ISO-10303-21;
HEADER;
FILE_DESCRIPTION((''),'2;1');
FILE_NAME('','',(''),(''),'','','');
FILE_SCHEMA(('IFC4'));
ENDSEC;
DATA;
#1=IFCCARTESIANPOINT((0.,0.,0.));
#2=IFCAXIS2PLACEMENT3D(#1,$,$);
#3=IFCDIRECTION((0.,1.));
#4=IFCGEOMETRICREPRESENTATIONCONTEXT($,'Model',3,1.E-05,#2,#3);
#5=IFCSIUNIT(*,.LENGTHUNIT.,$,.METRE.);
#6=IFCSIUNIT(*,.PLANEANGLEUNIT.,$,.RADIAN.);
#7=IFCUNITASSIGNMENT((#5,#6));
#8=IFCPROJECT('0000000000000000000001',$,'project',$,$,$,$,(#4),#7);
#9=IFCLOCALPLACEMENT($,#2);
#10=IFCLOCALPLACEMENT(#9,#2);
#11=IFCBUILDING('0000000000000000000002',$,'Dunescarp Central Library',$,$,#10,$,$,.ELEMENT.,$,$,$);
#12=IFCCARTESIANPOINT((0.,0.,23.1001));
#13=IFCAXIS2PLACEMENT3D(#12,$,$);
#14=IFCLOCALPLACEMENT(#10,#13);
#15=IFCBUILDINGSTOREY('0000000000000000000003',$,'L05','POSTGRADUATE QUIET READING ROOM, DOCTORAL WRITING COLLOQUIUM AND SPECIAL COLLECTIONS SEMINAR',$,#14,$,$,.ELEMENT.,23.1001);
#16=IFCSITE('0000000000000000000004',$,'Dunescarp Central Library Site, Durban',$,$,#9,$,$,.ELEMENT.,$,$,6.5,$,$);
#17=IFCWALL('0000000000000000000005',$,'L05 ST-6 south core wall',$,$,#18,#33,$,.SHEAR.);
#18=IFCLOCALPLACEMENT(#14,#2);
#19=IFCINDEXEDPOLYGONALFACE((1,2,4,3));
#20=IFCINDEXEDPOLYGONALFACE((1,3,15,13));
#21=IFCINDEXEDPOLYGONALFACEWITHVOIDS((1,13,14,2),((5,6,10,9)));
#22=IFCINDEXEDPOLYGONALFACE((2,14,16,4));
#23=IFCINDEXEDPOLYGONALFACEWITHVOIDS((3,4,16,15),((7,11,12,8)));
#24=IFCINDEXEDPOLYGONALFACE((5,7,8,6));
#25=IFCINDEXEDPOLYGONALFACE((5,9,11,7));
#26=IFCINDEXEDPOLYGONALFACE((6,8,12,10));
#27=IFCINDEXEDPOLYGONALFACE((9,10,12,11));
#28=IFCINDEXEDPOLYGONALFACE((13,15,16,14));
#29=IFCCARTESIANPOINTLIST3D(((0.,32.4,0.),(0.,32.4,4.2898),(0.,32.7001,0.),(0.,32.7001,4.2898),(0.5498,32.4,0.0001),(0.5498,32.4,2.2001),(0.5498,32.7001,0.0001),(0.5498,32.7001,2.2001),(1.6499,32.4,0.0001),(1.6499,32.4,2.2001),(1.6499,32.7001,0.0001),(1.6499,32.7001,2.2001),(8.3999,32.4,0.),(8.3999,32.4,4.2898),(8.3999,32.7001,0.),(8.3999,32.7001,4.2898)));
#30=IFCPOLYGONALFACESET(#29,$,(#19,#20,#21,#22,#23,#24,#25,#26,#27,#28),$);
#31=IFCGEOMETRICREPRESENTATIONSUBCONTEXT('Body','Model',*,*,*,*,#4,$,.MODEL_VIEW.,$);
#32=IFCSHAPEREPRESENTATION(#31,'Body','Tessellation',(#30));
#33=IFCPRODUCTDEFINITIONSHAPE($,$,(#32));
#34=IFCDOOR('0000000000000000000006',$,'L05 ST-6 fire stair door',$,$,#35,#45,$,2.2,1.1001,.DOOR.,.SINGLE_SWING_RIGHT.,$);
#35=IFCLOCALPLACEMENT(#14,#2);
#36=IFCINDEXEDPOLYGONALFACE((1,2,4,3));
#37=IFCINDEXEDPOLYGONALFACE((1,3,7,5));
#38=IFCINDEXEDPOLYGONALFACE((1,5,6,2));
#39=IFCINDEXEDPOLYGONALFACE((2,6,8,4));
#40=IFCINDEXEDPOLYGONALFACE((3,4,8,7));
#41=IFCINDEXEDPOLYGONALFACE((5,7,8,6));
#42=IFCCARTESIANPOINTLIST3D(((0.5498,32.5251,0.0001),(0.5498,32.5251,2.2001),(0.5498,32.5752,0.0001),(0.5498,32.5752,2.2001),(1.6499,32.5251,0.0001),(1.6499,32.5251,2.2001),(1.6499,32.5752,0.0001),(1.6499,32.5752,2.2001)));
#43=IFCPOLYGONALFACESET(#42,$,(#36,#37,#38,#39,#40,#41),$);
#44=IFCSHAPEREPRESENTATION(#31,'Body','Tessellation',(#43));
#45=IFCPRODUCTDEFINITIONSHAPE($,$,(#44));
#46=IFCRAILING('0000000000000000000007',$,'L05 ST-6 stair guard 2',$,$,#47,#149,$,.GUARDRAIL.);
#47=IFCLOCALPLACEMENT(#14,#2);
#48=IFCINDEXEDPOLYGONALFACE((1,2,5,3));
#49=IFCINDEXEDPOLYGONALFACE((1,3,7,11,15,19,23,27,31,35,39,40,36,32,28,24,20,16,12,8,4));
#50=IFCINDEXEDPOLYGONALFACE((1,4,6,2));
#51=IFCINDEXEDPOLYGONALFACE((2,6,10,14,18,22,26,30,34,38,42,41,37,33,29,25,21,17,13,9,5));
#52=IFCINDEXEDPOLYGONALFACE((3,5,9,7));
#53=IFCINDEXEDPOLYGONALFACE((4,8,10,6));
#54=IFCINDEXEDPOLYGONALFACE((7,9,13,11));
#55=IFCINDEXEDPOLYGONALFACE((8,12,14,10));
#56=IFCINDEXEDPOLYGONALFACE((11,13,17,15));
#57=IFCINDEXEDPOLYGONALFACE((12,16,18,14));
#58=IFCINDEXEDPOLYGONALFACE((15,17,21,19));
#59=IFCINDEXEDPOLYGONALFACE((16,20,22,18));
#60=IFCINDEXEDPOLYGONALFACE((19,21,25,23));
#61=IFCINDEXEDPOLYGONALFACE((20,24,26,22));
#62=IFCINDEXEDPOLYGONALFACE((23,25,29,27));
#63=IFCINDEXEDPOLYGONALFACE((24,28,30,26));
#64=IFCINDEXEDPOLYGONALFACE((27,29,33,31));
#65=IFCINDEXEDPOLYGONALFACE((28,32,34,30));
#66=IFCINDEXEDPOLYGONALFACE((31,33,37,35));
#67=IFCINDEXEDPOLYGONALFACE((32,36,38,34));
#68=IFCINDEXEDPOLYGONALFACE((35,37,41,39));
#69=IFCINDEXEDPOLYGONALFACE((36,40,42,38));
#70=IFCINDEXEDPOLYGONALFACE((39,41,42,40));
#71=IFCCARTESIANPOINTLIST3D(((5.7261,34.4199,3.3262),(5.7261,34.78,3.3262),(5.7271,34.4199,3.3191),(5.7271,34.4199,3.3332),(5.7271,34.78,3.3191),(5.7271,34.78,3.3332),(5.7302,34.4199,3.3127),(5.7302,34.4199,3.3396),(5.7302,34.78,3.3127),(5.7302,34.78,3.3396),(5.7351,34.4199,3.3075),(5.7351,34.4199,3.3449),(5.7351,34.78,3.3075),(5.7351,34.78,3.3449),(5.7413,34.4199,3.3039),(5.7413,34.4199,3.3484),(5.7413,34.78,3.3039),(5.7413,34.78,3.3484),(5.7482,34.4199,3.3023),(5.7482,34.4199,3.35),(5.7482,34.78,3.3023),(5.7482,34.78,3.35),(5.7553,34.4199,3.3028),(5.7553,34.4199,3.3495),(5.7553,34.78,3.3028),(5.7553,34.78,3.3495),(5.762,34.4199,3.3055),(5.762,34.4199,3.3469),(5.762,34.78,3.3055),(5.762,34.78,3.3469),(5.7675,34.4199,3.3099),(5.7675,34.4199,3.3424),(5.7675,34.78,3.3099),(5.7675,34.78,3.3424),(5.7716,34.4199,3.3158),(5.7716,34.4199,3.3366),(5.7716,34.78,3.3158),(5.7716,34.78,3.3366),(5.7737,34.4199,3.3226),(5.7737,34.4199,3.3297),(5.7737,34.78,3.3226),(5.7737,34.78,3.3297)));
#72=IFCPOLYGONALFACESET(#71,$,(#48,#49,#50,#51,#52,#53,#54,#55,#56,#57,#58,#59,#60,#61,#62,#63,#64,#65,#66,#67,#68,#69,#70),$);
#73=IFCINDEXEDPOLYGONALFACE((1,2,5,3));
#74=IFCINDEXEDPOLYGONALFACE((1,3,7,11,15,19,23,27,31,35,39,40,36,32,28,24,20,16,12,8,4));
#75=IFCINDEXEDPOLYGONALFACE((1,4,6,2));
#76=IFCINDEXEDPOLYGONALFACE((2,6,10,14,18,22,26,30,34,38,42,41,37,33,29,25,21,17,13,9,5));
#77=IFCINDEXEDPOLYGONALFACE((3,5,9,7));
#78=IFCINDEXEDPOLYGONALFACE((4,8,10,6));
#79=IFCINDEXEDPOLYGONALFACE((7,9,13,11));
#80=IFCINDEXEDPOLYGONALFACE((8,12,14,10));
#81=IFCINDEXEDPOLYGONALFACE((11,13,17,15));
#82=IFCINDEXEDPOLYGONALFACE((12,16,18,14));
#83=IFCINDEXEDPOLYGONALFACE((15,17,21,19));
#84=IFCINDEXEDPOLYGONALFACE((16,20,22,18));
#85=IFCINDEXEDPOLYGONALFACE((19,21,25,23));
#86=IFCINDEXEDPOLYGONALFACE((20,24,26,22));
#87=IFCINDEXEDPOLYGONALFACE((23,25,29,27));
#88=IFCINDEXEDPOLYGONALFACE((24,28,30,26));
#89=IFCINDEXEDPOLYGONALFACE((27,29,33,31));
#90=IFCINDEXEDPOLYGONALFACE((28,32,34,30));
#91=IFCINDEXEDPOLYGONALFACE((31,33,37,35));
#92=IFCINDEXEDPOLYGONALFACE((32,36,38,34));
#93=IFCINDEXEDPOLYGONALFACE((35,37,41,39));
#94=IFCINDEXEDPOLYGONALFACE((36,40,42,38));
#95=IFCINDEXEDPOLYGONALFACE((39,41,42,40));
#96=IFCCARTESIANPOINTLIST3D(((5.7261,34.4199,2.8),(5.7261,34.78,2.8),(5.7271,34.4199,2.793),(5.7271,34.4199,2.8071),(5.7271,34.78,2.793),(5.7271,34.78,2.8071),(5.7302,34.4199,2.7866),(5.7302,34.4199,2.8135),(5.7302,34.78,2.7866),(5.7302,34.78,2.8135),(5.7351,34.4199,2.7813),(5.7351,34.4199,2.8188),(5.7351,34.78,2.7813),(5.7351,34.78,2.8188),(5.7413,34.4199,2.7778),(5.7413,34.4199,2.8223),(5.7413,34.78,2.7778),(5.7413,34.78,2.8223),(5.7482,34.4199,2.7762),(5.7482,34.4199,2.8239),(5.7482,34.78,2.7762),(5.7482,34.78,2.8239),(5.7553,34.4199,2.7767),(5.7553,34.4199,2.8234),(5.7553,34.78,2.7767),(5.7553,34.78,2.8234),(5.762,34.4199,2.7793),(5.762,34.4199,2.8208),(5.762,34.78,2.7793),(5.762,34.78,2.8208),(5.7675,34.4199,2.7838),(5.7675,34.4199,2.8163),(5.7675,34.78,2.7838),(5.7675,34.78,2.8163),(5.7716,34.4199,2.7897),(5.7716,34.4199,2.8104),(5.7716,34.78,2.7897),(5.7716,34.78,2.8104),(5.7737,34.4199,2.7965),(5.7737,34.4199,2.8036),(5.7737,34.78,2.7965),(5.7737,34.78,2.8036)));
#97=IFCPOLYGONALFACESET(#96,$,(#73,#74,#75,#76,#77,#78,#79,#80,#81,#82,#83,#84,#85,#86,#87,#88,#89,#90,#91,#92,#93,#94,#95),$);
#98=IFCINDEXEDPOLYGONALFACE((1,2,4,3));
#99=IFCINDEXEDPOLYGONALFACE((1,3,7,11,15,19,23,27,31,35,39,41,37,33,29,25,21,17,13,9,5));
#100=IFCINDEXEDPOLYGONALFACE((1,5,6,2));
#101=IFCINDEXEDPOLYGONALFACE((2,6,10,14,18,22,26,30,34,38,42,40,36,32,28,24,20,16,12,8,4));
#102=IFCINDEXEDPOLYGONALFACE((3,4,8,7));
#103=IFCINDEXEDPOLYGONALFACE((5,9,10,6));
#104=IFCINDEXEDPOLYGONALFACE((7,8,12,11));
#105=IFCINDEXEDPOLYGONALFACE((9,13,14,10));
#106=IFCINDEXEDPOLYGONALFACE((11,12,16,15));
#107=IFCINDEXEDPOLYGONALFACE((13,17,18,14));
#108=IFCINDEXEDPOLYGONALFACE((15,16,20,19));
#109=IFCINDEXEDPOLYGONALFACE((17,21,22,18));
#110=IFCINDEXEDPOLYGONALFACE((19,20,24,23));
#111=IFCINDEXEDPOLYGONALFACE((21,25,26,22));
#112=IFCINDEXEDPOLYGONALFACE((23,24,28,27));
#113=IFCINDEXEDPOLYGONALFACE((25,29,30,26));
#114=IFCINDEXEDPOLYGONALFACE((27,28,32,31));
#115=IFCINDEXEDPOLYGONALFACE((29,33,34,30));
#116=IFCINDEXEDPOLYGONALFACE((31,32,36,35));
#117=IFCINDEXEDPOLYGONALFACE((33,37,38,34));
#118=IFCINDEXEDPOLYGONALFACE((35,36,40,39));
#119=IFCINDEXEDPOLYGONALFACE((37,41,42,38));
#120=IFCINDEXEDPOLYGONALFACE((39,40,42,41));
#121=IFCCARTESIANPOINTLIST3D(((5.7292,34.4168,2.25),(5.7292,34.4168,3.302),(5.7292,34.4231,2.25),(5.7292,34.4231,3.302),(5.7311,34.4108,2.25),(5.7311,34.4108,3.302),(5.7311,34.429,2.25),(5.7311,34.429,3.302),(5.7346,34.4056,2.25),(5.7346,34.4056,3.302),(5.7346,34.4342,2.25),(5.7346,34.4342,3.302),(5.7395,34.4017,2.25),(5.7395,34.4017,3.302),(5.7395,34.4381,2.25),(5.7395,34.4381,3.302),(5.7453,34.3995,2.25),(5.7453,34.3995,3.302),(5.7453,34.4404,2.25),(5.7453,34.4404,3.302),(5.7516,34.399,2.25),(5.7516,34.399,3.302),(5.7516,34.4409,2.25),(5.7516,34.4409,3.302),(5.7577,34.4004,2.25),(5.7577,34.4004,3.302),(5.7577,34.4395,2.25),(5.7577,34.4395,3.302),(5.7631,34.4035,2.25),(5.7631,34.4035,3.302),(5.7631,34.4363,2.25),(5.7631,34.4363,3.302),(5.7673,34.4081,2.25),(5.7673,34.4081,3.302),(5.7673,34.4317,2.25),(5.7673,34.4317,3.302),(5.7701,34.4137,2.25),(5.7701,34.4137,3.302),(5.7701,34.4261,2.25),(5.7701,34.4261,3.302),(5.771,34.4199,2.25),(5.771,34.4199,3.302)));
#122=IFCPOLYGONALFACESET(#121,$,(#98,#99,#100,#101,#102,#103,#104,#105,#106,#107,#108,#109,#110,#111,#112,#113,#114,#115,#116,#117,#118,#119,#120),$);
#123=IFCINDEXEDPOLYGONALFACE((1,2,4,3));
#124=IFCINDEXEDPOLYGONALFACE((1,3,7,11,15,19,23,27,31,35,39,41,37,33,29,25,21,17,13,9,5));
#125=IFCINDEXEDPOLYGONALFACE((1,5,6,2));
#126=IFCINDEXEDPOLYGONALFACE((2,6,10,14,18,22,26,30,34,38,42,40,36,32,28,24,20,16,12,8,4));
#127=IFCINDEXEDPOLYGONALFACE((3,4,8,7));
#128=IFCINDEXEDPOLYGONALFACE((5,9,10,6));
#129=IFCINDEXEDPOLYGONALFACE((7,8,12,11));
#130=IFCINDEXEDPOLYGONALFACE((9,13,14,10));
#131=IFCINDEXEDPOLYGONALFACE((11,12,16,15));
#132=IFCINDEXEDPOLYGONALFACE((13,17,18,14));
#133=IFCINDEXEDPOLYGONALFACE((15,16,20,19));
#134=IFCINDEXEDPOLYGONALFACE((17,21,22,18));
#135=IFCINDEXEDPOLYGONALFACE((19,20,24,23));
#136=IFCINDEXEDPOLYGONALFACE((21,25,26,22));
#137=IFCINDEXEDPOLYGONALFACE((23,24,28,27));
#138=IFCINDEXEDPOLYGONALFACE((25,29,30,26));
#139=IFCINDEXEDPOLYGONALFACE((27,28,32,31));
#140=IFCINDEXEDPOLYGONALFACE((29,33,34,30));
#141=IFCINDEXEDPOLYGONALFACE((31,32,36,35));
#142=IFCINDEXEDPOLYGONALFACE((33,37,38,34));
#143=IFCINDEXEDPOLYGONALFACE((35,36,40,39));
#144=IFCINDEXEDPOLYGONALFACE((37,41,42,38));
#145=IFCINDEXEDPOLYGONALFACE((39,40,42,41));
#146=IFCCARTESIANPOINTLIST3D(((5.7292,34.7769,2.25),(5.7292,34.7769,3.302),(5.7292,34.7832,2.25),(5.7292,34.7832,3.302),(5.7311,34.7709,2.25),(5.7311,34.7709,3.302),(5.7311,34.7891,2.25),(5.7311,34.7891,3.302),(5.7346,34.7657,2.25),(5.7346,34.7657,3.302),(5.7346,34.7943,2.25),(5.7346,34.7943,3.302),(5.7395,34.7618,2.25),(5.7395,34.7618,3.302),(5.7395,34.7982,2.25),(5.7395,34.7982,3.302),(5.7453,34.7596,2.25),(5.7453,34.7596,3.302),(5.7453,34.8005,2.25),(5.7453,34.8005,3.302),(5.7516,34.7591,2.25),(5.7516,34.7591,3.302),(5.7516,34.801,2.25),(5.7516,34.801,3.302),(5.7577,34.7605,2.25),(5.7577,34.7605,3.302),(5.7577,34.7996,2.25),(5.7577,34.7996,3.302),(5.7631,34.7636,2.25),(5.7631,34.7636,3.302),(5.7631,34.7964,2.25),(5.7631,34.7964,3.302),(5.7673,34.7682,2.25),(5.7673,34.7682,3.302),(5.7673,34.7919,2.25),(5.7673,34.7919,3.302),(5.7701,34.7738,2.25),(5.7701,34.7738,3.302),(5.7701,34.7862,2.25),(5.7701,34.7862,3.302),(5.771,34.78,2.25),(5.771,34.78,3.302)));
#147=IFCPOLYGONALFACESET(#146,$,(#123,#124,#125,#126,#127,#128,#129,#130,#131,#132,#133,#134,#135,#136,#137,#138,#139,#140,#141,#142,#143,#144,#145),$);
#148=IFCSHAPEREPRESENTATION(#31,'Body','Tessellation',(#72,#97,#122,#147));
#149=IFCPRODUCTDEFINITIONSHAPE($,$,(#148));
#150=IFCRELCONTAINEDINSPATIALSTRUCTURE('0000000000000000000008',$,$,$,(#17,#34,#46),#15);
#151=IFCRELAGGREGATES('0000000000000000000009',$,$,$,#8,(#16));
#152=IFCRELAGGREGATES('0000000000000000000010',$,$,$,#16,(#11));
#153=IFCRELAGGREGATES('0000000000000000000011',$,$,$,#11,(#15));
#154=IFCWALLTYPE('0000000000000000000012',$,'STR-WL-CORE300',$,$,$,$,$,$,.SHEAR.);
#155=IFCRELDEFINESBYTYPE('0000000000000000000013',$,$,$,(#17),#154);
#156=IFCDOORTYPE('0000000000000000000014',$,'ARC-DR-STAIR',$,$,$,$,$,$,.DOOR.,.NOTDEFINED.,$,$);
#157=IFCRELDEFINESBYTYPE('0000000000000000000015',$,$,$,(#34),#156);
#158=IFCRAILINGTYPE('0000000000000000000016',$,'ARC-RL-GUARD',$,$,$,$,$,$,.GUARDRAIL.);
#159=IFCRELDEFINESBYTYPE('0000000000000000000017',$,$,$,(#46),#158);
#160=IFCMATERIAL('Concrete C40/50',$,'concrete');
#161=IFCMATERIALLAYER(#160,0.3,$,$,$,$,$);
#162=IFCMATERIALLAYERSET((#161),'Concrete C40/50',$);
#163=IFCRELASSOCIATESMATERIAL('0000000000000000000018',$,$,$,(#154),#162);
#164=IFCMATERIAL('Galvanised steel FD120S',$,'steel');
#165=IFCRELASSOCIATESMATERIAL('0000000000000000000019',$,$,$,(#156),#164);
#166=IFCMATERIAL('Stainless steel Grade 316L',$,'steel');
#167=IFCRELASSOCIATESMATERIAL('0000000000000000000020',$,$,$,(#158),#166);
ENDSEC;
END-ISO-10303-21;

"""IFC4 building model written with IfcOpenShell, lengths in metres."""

from ifc_helpers import new_model, si_unit, direction, frame, frame_2d, origin, origin_2d, place, context, subcontext, project, spatial, rectangle, circle, extrude, material, layer, layer_set, type_object, element, fill, save


model = new_model("IFC4")

# Units and contexts
model_context = context("Model", 3, precision=1e-05, world=origin(), true_north=direction((0.0, 1.0)))
body_context = subcontext(model_context, "Body", "Model", "MODEL_VIEW")
ifc_project = project(units=[si_unit("LENGTHUNIT", "METRE"), si_unit("PLANEANGLEUNIT", "RADIAN")], contexts=[model_context])

# Site, building, storey
site_placement = place(None, origin())
site = spatial("IfcSite", under=ifc_project, at=site_placement, Name="Dunescarp Central Library Site, Durban", CompositionType="ELEMENT", RefElevation=6.5)
building_placement = place(site_placement, origin())
building = spatial("IfcBuilding", under=site, at=building_placement, Name="Dunescarp Central Library", CompositionType="ELEMENT")
storey_placement = place(building_placement, frame((0.0, 0.0, 23.1001)))
storey = spatial("IfcBuildingStorey", under=building, at=storey_placement, Name="L05", Description="POSTGRADUATE QUIET READING ROOM, DOCTORAL WRITING COLLOQUIUM AND SPECIAL COLLECTIONS SEMINAR", CompositionType="ELEMENT", Elevation=23.1001)

# Wall, opening, door
ifc_material_1 = material(Name="Concrete C40/50", Category="concrete")
ifc_layer = layer(ifc_material_1, 0.3)
ifc_layer_set = layer_set([ifc_layer], Name="Concrete C40/50")
wall_type = type_object("IfcWallType", Name="STR-WL-CORE300", PredefinedType="SHEAR", material=ifc_layer_set)
wall_placement = place(storey_placement, frame((8.3999, 32.55, 0.0), z_axis=(0.0, 0.0, 1.0), x_axis=(-1.0, 0.0, 0.0)))
wall = element("IfcWall", 1, at=wall_placement, inside=storey, type_object=wall_type, Name="L05 ST-6 south core wall", PredefinedType="SHEAR", context=body_context, shape_type="SweptSolid", body=[
    extrude(rectangle(XDim=8.3999, YDim=0.3, at=frame_2d((4.2, 0.0))), origin(), (0.0, 0.0, 1.0), 4.2898),
])
opening_placement = place(wall_placement, frame((6.75, 0.0, 0.0)))
opening = element("IfcOpeningElement", 2, at=opening_placement, cuts=wall, PredefinedType="OPENING", context=body_context, shape_type="SweptSolid", body=[
    extrude(rectangle(XDim=1.1001, YDim=2.2, at=frame_2d((0.55, 1.1001))), frame((0.0, 0.1602, 0.0), z_axis=(0.0, -1.0, 0.0), x_axis=(1.0, 0.0, 0.0)), (0.0, 0.0, 1.0), 0.3201),
])
ifc_material_2 = material(Name="Galvanised steel FD120S", Category="steel")
door_type = type_object("IfcDoorType", Name="ARC-DR-STAIR", OperationType="NOTDEFINED", PredefinedType="DOOR", material=ifc_material_2)
door_placement = place(opening_placement, origin())
door = element("IfcDoor", 3, at=door_placement, inside=storey, type_object=door_type, Name="L05 ST-6 fire stair door", OperationType="SINGLE_SWING_RIGHT", OverallHeight=2.2, OverallWidth=1.1001, PredefinedType="DOOR", context=body_context, shape_type="SweptSolid", body=[
    extrude(rectangle(XDim=1.1001, YDim=2.2, at=frame_2d((0.55, 1.1001))), frame((0.0, 0.0249, 0.0), z_axis=(0.0, -1.0, 0.0), x_axis=(1.0, 0.0, 0.0)), (0.0, 0.0, 1.0), 0.05),
])
fill(opening, door)

# Railing
ifc_material_3 = material(Name="Stainless steel Grade 316L", Category="steel")
railing_type = type_object("IfcRailingType", Name="ARC-RL-GUARD", PredefinedType="GUARDRAIL", material=ifc_material_3)
railing_1_placement = place(storey_placement, frame((5.75, 34.4199, 2.25)))
element("IfcRailing", 4, at=railing_1_placement, inside=storey, type_object=railing_type, Name="L05 ST-6 stair guard 2", PredefinedType="GUARDRAIL", context=body_context, shape_type="SweptSolid", body=[
    extrude(circle(Radius=0.0239, at=origin_2d()), frame((0.0, 0.0, 1.0762), z_axis=(0.0, 1.0, 0.0), x_axis=(-1.0, 0.0, 0.0)), (0.0, 0.0, 1.0), 0.3601),
    extrude(circle(Radius=0.0239, at=origin_2d()), frame((0.0, 0.0, 0.55), z_axis=(0.0, 1.0, 0.0), x_axis=(-1.0, 0.0, 0.0)), (0.0, 0.0, 1.0), 0.3601),
    extrude(circle(Radius=0.021, at=origin_2d()), origin(), (0.0, 0.0, 1.0), 1.052),
    extrude(circle(Radius=0.021, at=origin_2d()), frame((0.0, 0.3601, 0.0)), (0.0, 0.0, 1.0), 1.052),
])

save(model, "model.ifc")
